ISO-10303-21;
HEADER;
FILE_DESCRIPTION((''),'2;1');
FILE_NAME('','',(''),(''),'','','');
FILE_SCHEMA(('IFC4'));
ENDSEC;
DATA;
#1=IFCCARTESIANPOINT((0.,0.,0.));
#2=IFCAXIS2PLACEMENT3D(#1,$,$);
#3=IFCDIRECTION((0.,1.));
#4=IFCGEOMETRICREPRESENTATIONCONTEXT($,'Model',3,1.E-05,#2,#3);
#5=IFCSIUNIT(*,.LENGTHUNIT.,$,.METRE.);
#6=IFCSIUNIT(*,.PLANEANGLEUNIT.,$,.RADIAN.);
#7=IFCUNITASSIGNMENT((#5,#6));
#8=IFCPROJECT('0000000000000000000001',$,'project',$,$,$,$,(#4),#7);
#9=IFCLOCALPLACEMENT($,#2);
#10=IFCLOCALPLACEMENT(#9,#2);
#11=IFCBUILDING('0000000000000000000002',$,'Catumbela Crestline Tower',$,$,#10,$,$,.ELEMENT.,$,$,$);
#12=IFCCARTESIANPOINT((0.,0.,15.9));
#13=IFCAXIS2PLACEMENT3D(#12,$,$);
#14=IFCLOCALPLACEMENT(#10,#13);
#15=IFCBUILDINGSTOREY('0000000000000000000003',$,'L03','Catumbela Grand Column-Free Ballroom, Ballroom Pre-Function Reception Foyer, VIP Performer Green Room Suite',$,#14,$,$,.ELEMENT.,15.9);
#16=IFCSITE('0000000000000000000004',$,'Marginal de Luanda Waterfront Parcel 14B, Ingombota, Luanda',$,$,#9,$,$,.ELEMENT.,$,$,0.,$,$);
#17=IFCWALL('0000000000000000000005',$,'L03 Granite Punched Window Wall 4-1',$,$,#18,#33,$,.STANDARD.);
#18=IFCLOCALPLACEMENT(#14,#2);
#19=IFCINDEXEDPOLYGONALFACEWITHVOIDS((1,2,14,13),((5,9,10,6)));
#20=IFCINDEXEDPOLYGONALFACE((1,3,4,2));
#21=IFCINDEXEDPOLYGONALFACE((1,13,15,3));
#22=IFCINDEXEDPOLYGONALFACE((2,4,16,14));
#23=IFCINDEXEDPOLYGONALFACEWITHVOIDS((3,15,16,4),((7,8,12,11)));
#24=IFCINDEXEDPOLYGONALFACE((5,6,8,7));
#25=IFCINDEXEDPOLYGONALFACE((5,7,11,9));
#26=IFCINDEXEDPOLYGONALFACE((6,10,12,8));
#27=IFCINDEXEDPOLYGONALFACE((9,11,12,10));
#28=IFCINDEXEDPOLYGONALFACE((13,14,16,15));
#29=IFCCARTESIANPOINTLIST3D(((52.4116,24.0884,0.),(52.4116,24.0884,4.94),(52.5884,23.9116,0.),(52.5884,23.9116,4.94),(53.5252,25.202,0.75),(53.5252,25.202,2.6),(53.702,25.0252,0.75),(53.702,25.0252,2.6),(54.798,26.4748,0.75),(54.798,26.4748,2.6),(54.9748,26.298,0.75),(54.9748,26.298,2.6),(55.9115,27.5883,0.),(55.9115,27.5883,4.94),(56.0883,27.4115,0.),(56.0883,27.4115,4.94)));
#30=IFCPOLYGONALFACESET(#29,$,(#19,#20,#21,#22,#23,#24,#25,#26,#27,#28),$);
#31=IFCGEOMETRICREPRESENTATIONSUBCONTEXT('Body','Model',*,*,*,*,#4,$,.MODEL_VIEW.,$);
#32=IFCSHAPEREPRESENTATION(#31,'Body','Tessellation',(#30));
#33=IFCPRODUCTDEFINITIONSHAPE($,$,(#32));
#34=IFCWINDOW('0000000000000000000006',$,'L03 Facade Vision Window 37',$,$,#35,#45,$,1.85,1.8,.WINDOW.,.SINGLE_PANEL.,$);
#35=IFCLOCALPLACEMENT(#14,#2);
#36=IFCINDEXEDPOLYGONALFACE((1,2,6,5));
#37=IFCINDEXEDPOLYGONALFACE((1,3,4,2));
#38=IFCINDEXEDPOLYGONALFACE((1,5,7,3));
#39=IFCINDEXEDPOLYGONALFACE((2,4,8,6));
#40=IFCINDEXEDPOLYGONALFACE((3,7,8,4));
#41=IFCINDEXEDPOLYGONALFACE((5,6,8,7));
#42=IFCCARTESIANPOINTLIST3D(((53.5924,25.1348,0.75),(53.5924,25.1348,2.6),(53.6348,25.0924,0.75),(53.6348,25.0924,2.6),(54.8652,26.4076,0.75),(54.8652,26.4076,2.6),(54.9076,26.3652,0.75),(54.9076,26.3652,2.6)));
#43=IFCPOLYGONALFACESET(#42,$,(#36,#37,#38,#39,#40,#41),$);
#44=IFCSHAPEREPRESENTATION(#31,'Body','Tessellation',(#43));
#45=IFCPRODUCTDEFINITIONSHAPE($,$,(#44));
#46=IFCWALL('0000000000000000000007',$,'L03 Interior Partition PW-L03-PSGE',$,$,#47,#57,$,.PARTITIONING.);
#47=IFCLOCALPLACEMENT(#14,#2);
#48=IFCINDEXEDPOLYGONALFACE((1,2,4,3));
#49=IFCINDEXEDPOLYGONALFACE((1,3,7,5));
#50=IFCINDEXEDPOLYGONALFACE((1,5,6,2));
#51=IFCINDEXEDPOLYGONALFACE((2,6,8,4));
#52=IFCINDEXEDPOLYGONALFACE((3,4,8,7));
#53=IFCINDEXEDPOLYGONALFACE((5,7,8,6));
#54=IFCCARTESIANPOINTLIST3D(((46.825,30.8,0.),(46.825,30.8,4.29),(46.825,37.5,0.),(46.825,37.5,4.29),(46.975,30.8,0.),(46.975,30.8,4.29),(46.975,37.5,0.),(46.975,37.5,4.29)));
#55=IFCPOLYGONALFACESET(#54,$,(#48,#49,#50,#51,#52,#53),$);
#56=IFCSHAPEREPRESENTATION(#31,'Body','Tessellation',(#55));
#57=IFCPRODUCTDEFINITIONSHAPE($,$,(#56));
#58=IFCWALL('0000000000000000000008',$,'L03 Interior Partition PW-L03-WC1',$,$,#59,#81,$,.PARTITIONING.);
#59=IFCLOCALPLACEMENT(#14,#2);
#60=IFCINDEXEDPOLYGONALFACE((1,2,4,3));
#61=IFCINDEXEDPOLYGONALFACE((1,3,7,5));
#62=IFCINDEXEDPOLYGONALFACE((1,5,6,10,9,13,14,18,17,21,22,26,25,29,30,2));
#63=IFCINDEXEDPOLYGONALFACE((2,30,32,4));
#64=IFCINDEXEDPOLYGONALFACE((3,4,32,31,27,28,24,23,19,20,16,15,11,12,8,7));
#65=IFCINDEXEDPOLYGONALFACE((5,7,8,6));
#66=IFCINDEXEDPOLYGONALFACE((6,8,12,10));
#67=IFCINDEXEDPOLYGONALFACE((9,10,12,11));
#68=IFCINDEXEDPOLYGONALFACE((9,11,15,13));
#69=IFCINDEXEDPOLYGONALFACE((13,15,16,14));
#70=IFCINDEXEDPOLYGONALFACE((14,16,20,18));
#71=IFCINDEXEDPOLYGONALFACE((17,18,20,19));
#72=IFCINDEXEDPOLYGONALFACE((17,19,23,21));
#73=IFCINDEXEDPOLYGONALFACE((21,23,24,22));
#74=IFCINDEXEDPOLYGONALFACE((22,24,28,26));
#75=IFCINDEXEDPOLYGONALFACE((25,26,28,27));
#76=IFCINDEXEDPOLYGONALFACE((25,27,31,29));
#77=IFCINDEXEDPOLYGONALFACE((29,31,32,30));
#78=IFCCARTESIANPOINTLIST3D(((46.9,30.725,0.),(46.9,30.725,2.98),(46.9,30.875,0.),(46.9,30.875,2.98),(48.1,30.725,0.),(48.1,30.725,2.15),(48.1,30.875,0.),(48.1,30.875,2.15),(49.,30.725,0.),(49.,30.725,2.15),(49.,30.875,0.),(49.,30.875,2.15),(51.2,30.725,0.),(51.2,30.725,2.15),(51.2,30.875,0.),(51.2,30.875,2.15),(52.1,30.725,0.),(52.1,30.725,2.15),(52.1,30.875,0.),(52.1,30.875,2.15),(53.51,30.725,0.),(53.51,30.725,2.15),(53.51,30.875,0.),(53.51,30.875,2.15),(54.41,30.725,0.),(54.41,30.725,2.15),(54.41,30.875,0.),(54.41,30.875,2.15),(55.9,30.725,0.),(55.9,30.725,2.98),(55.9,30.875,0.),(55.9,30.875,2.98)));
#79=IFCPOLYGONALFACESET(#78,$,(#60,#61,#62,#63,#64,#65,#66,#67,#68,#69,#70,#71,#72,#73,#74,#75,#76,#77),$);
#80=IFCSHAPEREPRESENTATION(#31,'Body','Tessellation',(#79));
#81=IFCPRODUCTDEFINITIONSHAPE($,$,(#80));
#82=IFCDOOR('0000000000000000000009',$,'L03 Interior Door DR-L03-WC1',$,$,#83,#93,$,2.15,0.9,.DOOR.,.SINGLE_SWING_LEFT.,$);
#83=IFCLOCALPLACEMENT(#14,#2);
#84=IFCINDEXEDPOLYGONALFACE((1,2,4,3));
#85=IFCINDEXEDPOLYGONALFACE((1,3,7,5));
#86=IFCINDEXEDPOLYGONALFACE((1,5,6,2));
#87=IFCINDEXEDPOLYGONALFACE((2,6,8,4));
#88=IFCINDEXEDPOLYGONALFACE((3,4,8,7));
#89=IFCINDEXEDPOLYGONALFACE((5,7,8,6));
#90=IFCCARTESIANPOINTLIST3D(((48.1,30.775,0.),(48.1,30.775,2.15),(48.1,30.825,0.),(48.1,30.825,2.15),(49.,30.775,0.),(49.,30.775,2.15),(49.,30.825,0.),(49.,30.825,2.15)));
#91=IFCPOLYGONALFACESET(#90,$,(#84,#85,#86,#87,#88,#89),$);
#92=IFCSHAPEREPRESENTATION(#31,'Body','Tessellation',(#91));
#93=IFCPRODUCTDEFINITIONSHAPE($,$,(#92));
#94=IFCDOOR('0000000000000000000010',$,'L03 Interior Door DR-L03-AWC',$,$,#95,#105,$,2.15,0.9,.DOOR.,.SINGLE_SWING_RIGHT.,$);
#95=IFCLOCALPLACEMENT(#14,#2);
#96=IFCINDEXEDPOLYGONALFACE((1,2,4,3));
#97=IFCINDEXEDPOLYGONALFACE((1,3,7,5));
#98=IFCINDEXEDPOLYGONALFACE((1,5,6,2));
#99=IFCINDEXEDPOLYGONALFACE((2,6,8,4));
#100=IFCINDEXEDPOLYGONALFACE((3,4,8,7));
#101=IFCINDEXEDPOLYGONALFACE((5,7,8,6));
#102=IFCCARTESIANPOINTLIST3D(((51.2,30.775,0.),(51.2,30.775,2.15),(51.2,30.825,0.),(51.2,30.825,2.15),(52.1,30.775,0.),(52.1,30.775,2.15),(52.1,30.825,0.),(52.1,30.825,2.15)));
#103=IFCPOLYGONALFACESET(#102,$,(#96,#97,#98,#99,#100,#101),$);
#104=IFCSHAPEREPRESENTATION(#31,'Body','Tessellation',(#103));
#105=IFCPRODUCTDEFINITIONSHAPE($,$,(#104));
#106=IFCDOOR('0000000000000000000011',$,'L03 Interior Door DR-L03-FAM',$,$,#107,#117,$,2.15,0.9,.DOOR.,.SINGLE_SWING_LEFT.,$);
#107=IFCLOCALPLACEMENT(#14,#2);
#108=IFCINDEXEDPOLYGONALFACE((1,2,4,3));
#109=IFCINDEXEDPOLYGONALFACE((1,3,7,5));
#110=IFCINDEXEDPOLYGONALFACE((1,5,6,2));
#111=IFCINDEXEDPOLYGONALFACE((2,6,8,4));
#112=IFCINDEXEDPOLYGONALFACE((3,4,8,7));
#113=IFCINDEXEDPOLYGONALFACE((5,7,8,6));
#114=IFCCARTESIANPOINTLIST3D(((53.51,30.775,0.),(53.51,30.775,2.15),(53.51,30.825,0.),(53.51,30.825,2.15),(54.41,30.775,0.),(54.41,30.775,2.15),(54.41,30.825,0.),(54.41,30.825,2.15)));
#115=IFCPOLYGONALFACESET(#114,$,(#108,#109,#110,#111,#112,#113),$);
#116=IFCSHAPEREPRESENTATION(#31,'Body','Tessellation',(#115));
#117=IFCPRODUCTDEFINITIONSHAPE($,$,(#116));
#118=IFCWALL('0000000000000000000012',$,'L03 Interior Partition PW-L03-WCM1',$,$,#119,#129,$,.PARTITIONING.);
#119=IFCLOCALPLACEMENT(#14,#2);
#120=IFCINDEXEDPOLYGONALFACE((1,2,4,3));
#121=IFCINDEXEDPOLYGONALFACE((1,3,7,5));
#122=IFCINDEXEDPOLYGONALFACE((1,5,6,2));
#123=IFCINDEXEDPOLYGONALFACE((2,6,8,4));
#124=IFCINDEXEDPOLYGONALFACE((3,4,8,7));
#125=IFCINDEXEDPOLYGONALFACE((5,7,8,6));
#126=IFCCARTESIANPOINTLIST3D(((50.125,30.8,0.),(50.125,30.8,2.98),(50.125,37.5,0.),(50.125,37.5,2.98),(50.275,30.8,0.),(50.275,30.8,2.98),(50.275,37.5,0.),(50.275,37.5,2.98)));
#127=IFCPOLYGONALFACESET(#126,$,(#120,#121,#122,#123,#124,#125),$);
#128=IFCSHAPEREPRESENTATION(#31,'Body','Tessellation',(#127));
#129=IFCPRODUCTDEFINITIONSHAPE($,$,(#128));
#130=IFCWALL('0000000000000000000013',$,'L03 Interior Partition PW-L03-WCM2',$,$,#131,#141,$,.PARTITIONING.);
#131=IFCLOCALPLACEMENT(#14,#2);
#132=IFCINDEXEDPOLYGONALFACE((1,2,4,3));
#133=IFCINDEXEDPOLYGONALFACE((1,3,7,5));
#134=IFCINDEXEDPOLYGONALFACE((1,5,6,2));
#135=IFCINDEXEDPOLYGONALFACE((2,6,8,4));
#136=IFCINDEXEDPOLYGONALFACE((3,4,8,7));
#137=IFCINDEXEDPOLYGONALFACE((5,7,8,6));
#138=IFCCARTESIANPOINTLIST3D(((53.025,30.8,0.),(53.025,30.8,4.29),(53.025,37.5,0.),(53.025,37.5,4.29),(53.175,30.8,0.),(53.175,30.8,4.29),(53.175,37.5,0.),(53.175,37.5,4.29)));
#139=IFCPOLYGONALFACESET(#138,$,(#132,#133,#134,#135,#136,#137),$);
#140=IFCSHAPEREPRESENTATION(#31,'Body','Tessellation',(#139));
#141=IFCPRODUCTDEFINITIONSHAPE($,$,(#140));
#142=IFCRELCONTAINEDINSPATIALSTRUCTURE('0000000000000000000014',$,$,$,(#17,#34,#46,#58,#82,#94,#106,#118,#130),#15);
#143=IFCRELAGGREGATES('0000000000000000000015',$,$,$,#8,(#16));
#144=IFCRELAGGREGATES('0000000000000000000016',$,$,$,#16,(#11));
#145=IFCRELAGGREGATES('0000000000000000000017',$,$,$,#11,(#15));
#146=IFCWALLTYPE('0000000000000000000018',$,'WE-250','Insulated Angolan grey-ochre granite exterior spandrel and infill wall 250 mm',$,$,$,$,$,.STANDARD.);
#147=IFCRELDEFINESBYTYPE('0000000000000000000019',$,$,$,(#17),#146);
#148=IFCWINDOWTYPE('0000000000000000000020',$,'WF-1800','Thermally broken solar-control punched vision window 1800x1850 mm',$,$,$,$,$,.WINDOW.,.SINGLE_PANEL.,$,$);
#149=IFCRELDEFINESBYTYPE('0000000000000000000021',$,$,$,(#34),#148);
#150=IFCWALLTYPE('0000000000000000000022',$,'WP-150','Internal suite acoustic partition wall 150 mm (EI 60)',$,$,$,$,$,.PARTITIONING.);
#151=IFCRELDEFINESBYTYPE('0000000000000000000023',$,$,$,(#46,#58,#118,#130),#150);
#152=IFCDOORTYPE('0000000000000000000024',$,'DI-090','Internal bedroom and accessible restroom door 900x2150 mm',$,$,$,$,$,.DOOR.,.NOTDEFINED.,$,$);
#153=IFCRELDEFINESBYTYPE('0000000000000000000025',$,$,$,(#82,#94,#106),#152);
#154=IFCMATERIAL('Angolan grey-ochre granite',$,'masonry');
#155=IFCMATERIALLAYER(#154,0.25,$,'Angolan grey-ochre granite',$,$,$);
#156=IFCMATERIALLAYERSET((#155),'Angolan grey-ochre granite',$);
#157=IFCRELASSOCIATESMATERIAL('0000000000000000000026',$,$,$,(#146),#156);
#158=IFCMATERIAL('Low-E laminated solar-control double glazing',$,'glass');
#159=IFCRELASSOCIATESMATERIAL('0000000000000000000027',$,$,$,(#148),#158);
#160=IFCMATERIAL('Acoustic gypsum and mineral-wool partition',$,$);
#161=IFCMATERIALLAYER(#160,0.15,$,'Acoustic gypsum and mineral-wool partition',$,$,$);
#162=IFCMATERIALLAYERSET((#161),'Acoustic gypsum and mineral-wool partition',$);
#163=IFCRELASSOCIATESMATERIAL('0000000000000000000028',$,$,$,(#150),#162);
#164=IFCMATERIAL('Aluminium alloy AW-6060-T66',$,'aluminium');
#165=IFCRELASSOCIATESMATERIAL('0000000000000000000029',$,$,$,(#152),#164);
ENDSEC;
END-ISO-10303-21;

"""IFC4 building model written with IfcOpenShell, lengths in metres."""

from ifc_helpers import new_model, si_unit, direction, frame, frame_2d, origin, place, context, subcontext, project, spatial, rectangle, extrude, material, layer, layer_set, type_object, element, fill, save


model = new_model("IFC4")

# Units and contexts
model_context = context("Model", 3, precision=1e-05, world=origin(), true_north=direction((0.0, 1.0)))
body_context = subcontext(model_context, "Body", "Model", "MODEL_VIEW")
ifc_project = project(units=[si_unit("LENGTHUNIT", "METRE"), si_unit("PLANEANGLEUNIT", "RADIAN")], contexts=[model_context])

# Site, building, storey
site_placement = place(None, origin())
site = spatial("IfcSite", under=ifc_project, at=site_placement, Name="Marginal de Luanda Waterfront Parcel 14B, Ingombota, Luanda", CompositionType="ELEMENT", RefElevation=0.0)
building_placement = place(site_placement, origin())
building = spatial("IfcBuilding", under=site, at=building_placement, Name="Catumbela Crestline Tower", CompositionType="ELEMENT")
storey_placement = place(building_placement, frame((0.0, 0.0, 15.9)))
storey = spatial("IfcBuildingStorey", under=building, at=storey_placement, Name="L03", Description="Catumbela Grand Column-Free Ballroom, Ballroom Pre-Function Reception Foyer, VIP Performer Green Room Suite", CompositionType="ELEMENT", Elevation=15.9)

# Shared definitions
ifc_material_1 = material(Name="Aluminium alloy AW-6060-T66", Category="aluminium")

# Shared definitions
ifc_material_2 = material(Name="Low-E laminated solar-control double glazing", Category="glass")

# Wall, opening, window
ifc_material_3 = material(Name="Angolan grey-ochre granite", Category="masonry")
ifc_layer_1 = layer(ifc_material_3, 0.25, Name="Angolan grey-ochre granite")
ifc_layer_set_1 = layer_set([ifc_layer_1], Name="Angolan grey-ochre granite")
wall_type_1 = type_object("IfcWallType", Name="WE-250", Description="Insulated Angolan grey-ochre granite exterior spandrel and infill wall 250 mm", PredefinedType="STANDARD", material=ifc_layer_set_1)
wall_1_placement = place(storey_placement, frame((52.5, 24.0, 0.0), z_axis=(0.0, 0.0, 1.0), x_axis=(0.707107, 0.707107, 0.0)))
wall_1 = element("IfcWall", 1, at=wall_1_placement, inside=storey, type_object=wall_type_1, Name="L03 Granite Punched Window Wall 4-1", PredefinedType="STANDARD", context=body_context, shape_type="SweptSolid", body=[
    extrude(rectangle(XDim=4.9497, YDim=0.25, at=frame_2d((2.4748, 0.0))), origin(), (0.0, 0.0, 1.0), 4.94),
])
opening_1_placement = place(wall_1_placement, frame((1.5749, 0.0, 0.75)))
opening_1 = element("IfcOpeningElement", 2, at=opening_1_placement, cuts=wall_1, PredefinedType="OPENING", context=body_context, shape_type="SweptSolid", body=[
    extrude(rectangle(XDim=1.8, YDim=1.85, at=frame_2d((0.9, 0.925))), frame((0.0, 0.135, 0.0), z_axis=(0.0, -1.0, 0.0), x_axis=(1.0, 0.0, 0.0)), (0.0, 0.0, 1.0), 0.27),
])
window_type = type_object("IfcWindowType", Name="WF-1800", Description="Thermally broken solar-control punched vision window 1800x1850 mm", PartitioningType="SINGLE_PANEL", PredefinedType="WINDOW", material=ifc_material_2)
window_placement = place(opening_1_placement, origin())
window = element("IfcWindow", 3, at=window_placement, inside=storey, type_object=window_type, Name="L03 Facade Vision Window 37", OverallHeight=1.85, OverallWidth=1.8, PartitioningType="SINGLE_PANEL", PredefinedType="WINDOW", context=body_context, shape_type="SweptSolid", body=[
    extrude(rectangle(XDim=1.8, YDim=1.85, at=frame_2d((0.9, 0.925))), frame((0.0, 0.03, 0.0), z_axis=(0.0, -1.0, 0.0), x_axis=(1.0, 0.0, 0.0)), (0.0, 0.0, 1.0), 0.06),
])
fill(opening_1, window)

# Wall
ifc_material_4 = material(Name="Acoustic gypsum and mineral-wool partition")
ifc_layer_2 = layer(ifc_material_4, 0.15, Name="Acoustic gypsum and mineral-wool partition")
ifc_layer_set_2 = layer_set([ifc_layer_2], Name="Acoustic gypsum and mineral-wool partition")
wall_type_2 = type_object("IfcWallType", Name="WP-150", Description="Internal suite acoustic partition wall 150 mm (EI 60)", PredefinedType="PARTITIONING", material=ifc_layer_set_2)
wall_2_placement = place(storey_placement, frame((46.9, 30.8, 0.0), z_axis=(0.0, 0.0, 1.0), x_axis=(0.0, 1.0, 0.0)))
element("IfcWall", 4, at=wall_2_placement, inside=storey, type_object=wall_type_2, Name="L03 Interior Partition PW-L03-PSGE", PredefinedType="PARTITIONING", context=body_context, shape_type="SweptSolid", body=[
    extrude(rectangle(XDim=6.7, YDim=0.15, at=frame_2d((3.35, 0.0))), origin(), (0.0, 0.0, 1.0), 4.29),
])

# Wall, openings, doors
wall_3_placement = place(storey_placement, frame((46.9, 30.8, 0.0), z_axis=(0.0, 0.0, 1.0), x_axis=(1.0, 0.0, 0.0)))
wall_3 = element("IfcWall", 5, at=wall_3_placement, inside=storey, type_object=wall_type_2, Name="L03 Interior Partition PW-L03-WC1", PredefinedType="PARTITIONING", context=body_context, shape_type="SweptSolid", body=[
    extrude(rectangle(XDim=9.0, YDim=0.15, at=frame_2d((4.5, 0.0))), origin(), (0.0, 0.0, 1.0), 2.98),
])
opening_2_placement = place(wall_3_placement, frame((1.2, 0.0, 0.0)))
opening_2 = element("IfcOpeningElement", 6, at=opening_2_placement, cuts=wall_3, PredefinedType="OPENING", context=body_context, shape_type="SweptSolid", body=[
    extrude(rectangle(XDim=0.9, YDim=2.15, at=frame_2d((0.45, 1.075))), frame((0.0, 0.085, 0.0), z_axis=(0.0, -1.0, 0.0), x_axis=(1.0, 0.0, 0.0)), (0.0, 0.0, 1.0), 0.17),
])
opening_3_placement = place(wall_3_placement, frame((4.3, 0.0, 0.0)))
opening_3 = element("IfcOpeningElement", 7, at=opening_3_placement, cuts=wall_3, PredefinedType="OPENING", context=body_context, shape_type="SweptSolid", body=[
    extrude(rectangle(XDim=0.9, YDim=2.15, at=frame_2d((0.45, 1.075))), frame((0.0, 0.085, 0.0), z_axis=(0.0, -1.0, 0.0), x_axis=(1.0, 0.0, 0.0)), (0.0, 0.0, 1.0), 0.17),
])
opening_4_placement = place(wall_3_placement, frame((6.61, 0.0, 0.0)))
opening_4 = element("IfcOpeningElement", 8, at=opening_4_placement, cuts=wall_3, PredefinedType="OPENING", context=body_context, shape_type="SweptSolid", body=[
    extrude(rectangle(XDim=0.9, YDim=2.15, at=frame_2d((0.45, 1.075))), frame((0.0, 0.085, 0.0), z_axis=(0.0, -1.0, 0.0), x_axis=(1.0, 0.0, 0.0)), (0.0, 0.0, 1.0), 0.17),
])
door_type = type_object("IfcDoorType", Name="DI-090", Description="Internal bedroom and accessible restroom door 900x2150 mm", OperationType="NOTDEFINED", PredefinedType="DOOR", material=ifc_material_1)
door_1_placement = place(opening_2_placement, origin())
door_1 = element("IfcDoor", 9, at=door_1_placement, inside=storey, type_object=door_type, Name="L03 Interior Door DR-L03-WC1", OperationType="SINGLE_SWING_LEFT", OverallHeight=2.15, OverallWidth=0.9, PredefinedType="DOOR", context=body_context, shape_type="SweptSolid", body=[
    extrude(rectangle(XDim=0.9, YDim=2.15, at=frame_2d((0.45, 1.075))), frame((0.0, 0.025, 0.0), z_axis=(0.0, -1.0, 0.0), x_axis=(1.0, 0.0, 0.0)), (0.0, 0.0, 1.0), 0.05),
])
fill(opening_2, door_1)
door_2_placement = place(opening_3_placement, origin())
door_2 = element("IfcDoor", 10, at=door_2_placement, inside=storey, type_object=door_type, Name="L03 Interior Door DR-L03-AWC", OperationType="SINGLE_SWING_RIGHT", OverallHeight=2.15, OverallWidth=0.9, PredefinedType="DOOR", context=body_context, shape_type="SweptSolid", body=[
    extrude(rectangle(XDim=0.9, YDim=2.15, at=frame_2d((0.45, 1.075))), frame((0.0, 0.025, 0.0), z_axis=(0.0, -1.0, 0.0), x_axis=(1.0, 0.0, 0.0)), (0.0, 0.0, 1.0), 0.05),
])
fill(opening_3, door_2)
door_3_placement = place(opening_4_placement, origin())
door_3 = element("IfcDoor", 11, at=door_3_placement, inside=storey, type_object=door_type, Name="L03 Interior Door DR-L03-FAM", OperationType="SINGLE_SWING_LEFT", OverallHeight=2.15, OverallWidth=0.9, PredefinedType="DOOR", context=body_context, shape_type="SweptSolid", body=[
    extrude(rectangle(XDim=0.9, YDim=2.15, at=frame_2d((0.45, 1.075))), frame((0.0, 0.025, 0.0), z_axis=(0.0, -1.0, 0.0), x_axis=(1.0, 0.0, 0.0)), (0.0, 0.0, 1.0), 0.05),
])
fill(opening_4, door_3)

# Walls
wall_4_placement = place(storey_placement, frame((50.2, 30.8, 0.0), z_axis=(0.0, 0.0, 1.0), x_axis=(0.0, 1.0, 0.0)))
element("IfcWall", 12, at=wall_4_placement, inside=storey, type_object=wall_type_2, Name="L03 Interior Partition PW-L03-WCM1", PredefinedType="PARTITIONING", context=body_context, shape_type="SweptSolid", body=[
    extrude(rectangle(XDim=6.7, YDim=0.15, at=frame_2d((3.35, 0.0))), origin(), (0.0, 0.0, 1.0), 2.98),
])
wall_5_placement = place(storey_placement, frame((53.1, 30.8, 0.0), z_axis=(0.0, 0.0, 1.0), x_axis=(0.0, 1.0, 0.0)))
element("IfcWall", 13, at=wall_5_placement, inside=storey, type_object=wall_type_2, Name="L03 Interior Partition PW-L03-WCM2", PredefinedType="PARTITIONING", context=body_context, shape_type="SweptSolid", body=[
    extrude(rectangle(XDim=6.7, YDim=0.15, at=frame_2d((3.35, 0.0))), origin(), (0.0, 0.0, 1.0), 4.29),
])

save(model, "model.ifc")
